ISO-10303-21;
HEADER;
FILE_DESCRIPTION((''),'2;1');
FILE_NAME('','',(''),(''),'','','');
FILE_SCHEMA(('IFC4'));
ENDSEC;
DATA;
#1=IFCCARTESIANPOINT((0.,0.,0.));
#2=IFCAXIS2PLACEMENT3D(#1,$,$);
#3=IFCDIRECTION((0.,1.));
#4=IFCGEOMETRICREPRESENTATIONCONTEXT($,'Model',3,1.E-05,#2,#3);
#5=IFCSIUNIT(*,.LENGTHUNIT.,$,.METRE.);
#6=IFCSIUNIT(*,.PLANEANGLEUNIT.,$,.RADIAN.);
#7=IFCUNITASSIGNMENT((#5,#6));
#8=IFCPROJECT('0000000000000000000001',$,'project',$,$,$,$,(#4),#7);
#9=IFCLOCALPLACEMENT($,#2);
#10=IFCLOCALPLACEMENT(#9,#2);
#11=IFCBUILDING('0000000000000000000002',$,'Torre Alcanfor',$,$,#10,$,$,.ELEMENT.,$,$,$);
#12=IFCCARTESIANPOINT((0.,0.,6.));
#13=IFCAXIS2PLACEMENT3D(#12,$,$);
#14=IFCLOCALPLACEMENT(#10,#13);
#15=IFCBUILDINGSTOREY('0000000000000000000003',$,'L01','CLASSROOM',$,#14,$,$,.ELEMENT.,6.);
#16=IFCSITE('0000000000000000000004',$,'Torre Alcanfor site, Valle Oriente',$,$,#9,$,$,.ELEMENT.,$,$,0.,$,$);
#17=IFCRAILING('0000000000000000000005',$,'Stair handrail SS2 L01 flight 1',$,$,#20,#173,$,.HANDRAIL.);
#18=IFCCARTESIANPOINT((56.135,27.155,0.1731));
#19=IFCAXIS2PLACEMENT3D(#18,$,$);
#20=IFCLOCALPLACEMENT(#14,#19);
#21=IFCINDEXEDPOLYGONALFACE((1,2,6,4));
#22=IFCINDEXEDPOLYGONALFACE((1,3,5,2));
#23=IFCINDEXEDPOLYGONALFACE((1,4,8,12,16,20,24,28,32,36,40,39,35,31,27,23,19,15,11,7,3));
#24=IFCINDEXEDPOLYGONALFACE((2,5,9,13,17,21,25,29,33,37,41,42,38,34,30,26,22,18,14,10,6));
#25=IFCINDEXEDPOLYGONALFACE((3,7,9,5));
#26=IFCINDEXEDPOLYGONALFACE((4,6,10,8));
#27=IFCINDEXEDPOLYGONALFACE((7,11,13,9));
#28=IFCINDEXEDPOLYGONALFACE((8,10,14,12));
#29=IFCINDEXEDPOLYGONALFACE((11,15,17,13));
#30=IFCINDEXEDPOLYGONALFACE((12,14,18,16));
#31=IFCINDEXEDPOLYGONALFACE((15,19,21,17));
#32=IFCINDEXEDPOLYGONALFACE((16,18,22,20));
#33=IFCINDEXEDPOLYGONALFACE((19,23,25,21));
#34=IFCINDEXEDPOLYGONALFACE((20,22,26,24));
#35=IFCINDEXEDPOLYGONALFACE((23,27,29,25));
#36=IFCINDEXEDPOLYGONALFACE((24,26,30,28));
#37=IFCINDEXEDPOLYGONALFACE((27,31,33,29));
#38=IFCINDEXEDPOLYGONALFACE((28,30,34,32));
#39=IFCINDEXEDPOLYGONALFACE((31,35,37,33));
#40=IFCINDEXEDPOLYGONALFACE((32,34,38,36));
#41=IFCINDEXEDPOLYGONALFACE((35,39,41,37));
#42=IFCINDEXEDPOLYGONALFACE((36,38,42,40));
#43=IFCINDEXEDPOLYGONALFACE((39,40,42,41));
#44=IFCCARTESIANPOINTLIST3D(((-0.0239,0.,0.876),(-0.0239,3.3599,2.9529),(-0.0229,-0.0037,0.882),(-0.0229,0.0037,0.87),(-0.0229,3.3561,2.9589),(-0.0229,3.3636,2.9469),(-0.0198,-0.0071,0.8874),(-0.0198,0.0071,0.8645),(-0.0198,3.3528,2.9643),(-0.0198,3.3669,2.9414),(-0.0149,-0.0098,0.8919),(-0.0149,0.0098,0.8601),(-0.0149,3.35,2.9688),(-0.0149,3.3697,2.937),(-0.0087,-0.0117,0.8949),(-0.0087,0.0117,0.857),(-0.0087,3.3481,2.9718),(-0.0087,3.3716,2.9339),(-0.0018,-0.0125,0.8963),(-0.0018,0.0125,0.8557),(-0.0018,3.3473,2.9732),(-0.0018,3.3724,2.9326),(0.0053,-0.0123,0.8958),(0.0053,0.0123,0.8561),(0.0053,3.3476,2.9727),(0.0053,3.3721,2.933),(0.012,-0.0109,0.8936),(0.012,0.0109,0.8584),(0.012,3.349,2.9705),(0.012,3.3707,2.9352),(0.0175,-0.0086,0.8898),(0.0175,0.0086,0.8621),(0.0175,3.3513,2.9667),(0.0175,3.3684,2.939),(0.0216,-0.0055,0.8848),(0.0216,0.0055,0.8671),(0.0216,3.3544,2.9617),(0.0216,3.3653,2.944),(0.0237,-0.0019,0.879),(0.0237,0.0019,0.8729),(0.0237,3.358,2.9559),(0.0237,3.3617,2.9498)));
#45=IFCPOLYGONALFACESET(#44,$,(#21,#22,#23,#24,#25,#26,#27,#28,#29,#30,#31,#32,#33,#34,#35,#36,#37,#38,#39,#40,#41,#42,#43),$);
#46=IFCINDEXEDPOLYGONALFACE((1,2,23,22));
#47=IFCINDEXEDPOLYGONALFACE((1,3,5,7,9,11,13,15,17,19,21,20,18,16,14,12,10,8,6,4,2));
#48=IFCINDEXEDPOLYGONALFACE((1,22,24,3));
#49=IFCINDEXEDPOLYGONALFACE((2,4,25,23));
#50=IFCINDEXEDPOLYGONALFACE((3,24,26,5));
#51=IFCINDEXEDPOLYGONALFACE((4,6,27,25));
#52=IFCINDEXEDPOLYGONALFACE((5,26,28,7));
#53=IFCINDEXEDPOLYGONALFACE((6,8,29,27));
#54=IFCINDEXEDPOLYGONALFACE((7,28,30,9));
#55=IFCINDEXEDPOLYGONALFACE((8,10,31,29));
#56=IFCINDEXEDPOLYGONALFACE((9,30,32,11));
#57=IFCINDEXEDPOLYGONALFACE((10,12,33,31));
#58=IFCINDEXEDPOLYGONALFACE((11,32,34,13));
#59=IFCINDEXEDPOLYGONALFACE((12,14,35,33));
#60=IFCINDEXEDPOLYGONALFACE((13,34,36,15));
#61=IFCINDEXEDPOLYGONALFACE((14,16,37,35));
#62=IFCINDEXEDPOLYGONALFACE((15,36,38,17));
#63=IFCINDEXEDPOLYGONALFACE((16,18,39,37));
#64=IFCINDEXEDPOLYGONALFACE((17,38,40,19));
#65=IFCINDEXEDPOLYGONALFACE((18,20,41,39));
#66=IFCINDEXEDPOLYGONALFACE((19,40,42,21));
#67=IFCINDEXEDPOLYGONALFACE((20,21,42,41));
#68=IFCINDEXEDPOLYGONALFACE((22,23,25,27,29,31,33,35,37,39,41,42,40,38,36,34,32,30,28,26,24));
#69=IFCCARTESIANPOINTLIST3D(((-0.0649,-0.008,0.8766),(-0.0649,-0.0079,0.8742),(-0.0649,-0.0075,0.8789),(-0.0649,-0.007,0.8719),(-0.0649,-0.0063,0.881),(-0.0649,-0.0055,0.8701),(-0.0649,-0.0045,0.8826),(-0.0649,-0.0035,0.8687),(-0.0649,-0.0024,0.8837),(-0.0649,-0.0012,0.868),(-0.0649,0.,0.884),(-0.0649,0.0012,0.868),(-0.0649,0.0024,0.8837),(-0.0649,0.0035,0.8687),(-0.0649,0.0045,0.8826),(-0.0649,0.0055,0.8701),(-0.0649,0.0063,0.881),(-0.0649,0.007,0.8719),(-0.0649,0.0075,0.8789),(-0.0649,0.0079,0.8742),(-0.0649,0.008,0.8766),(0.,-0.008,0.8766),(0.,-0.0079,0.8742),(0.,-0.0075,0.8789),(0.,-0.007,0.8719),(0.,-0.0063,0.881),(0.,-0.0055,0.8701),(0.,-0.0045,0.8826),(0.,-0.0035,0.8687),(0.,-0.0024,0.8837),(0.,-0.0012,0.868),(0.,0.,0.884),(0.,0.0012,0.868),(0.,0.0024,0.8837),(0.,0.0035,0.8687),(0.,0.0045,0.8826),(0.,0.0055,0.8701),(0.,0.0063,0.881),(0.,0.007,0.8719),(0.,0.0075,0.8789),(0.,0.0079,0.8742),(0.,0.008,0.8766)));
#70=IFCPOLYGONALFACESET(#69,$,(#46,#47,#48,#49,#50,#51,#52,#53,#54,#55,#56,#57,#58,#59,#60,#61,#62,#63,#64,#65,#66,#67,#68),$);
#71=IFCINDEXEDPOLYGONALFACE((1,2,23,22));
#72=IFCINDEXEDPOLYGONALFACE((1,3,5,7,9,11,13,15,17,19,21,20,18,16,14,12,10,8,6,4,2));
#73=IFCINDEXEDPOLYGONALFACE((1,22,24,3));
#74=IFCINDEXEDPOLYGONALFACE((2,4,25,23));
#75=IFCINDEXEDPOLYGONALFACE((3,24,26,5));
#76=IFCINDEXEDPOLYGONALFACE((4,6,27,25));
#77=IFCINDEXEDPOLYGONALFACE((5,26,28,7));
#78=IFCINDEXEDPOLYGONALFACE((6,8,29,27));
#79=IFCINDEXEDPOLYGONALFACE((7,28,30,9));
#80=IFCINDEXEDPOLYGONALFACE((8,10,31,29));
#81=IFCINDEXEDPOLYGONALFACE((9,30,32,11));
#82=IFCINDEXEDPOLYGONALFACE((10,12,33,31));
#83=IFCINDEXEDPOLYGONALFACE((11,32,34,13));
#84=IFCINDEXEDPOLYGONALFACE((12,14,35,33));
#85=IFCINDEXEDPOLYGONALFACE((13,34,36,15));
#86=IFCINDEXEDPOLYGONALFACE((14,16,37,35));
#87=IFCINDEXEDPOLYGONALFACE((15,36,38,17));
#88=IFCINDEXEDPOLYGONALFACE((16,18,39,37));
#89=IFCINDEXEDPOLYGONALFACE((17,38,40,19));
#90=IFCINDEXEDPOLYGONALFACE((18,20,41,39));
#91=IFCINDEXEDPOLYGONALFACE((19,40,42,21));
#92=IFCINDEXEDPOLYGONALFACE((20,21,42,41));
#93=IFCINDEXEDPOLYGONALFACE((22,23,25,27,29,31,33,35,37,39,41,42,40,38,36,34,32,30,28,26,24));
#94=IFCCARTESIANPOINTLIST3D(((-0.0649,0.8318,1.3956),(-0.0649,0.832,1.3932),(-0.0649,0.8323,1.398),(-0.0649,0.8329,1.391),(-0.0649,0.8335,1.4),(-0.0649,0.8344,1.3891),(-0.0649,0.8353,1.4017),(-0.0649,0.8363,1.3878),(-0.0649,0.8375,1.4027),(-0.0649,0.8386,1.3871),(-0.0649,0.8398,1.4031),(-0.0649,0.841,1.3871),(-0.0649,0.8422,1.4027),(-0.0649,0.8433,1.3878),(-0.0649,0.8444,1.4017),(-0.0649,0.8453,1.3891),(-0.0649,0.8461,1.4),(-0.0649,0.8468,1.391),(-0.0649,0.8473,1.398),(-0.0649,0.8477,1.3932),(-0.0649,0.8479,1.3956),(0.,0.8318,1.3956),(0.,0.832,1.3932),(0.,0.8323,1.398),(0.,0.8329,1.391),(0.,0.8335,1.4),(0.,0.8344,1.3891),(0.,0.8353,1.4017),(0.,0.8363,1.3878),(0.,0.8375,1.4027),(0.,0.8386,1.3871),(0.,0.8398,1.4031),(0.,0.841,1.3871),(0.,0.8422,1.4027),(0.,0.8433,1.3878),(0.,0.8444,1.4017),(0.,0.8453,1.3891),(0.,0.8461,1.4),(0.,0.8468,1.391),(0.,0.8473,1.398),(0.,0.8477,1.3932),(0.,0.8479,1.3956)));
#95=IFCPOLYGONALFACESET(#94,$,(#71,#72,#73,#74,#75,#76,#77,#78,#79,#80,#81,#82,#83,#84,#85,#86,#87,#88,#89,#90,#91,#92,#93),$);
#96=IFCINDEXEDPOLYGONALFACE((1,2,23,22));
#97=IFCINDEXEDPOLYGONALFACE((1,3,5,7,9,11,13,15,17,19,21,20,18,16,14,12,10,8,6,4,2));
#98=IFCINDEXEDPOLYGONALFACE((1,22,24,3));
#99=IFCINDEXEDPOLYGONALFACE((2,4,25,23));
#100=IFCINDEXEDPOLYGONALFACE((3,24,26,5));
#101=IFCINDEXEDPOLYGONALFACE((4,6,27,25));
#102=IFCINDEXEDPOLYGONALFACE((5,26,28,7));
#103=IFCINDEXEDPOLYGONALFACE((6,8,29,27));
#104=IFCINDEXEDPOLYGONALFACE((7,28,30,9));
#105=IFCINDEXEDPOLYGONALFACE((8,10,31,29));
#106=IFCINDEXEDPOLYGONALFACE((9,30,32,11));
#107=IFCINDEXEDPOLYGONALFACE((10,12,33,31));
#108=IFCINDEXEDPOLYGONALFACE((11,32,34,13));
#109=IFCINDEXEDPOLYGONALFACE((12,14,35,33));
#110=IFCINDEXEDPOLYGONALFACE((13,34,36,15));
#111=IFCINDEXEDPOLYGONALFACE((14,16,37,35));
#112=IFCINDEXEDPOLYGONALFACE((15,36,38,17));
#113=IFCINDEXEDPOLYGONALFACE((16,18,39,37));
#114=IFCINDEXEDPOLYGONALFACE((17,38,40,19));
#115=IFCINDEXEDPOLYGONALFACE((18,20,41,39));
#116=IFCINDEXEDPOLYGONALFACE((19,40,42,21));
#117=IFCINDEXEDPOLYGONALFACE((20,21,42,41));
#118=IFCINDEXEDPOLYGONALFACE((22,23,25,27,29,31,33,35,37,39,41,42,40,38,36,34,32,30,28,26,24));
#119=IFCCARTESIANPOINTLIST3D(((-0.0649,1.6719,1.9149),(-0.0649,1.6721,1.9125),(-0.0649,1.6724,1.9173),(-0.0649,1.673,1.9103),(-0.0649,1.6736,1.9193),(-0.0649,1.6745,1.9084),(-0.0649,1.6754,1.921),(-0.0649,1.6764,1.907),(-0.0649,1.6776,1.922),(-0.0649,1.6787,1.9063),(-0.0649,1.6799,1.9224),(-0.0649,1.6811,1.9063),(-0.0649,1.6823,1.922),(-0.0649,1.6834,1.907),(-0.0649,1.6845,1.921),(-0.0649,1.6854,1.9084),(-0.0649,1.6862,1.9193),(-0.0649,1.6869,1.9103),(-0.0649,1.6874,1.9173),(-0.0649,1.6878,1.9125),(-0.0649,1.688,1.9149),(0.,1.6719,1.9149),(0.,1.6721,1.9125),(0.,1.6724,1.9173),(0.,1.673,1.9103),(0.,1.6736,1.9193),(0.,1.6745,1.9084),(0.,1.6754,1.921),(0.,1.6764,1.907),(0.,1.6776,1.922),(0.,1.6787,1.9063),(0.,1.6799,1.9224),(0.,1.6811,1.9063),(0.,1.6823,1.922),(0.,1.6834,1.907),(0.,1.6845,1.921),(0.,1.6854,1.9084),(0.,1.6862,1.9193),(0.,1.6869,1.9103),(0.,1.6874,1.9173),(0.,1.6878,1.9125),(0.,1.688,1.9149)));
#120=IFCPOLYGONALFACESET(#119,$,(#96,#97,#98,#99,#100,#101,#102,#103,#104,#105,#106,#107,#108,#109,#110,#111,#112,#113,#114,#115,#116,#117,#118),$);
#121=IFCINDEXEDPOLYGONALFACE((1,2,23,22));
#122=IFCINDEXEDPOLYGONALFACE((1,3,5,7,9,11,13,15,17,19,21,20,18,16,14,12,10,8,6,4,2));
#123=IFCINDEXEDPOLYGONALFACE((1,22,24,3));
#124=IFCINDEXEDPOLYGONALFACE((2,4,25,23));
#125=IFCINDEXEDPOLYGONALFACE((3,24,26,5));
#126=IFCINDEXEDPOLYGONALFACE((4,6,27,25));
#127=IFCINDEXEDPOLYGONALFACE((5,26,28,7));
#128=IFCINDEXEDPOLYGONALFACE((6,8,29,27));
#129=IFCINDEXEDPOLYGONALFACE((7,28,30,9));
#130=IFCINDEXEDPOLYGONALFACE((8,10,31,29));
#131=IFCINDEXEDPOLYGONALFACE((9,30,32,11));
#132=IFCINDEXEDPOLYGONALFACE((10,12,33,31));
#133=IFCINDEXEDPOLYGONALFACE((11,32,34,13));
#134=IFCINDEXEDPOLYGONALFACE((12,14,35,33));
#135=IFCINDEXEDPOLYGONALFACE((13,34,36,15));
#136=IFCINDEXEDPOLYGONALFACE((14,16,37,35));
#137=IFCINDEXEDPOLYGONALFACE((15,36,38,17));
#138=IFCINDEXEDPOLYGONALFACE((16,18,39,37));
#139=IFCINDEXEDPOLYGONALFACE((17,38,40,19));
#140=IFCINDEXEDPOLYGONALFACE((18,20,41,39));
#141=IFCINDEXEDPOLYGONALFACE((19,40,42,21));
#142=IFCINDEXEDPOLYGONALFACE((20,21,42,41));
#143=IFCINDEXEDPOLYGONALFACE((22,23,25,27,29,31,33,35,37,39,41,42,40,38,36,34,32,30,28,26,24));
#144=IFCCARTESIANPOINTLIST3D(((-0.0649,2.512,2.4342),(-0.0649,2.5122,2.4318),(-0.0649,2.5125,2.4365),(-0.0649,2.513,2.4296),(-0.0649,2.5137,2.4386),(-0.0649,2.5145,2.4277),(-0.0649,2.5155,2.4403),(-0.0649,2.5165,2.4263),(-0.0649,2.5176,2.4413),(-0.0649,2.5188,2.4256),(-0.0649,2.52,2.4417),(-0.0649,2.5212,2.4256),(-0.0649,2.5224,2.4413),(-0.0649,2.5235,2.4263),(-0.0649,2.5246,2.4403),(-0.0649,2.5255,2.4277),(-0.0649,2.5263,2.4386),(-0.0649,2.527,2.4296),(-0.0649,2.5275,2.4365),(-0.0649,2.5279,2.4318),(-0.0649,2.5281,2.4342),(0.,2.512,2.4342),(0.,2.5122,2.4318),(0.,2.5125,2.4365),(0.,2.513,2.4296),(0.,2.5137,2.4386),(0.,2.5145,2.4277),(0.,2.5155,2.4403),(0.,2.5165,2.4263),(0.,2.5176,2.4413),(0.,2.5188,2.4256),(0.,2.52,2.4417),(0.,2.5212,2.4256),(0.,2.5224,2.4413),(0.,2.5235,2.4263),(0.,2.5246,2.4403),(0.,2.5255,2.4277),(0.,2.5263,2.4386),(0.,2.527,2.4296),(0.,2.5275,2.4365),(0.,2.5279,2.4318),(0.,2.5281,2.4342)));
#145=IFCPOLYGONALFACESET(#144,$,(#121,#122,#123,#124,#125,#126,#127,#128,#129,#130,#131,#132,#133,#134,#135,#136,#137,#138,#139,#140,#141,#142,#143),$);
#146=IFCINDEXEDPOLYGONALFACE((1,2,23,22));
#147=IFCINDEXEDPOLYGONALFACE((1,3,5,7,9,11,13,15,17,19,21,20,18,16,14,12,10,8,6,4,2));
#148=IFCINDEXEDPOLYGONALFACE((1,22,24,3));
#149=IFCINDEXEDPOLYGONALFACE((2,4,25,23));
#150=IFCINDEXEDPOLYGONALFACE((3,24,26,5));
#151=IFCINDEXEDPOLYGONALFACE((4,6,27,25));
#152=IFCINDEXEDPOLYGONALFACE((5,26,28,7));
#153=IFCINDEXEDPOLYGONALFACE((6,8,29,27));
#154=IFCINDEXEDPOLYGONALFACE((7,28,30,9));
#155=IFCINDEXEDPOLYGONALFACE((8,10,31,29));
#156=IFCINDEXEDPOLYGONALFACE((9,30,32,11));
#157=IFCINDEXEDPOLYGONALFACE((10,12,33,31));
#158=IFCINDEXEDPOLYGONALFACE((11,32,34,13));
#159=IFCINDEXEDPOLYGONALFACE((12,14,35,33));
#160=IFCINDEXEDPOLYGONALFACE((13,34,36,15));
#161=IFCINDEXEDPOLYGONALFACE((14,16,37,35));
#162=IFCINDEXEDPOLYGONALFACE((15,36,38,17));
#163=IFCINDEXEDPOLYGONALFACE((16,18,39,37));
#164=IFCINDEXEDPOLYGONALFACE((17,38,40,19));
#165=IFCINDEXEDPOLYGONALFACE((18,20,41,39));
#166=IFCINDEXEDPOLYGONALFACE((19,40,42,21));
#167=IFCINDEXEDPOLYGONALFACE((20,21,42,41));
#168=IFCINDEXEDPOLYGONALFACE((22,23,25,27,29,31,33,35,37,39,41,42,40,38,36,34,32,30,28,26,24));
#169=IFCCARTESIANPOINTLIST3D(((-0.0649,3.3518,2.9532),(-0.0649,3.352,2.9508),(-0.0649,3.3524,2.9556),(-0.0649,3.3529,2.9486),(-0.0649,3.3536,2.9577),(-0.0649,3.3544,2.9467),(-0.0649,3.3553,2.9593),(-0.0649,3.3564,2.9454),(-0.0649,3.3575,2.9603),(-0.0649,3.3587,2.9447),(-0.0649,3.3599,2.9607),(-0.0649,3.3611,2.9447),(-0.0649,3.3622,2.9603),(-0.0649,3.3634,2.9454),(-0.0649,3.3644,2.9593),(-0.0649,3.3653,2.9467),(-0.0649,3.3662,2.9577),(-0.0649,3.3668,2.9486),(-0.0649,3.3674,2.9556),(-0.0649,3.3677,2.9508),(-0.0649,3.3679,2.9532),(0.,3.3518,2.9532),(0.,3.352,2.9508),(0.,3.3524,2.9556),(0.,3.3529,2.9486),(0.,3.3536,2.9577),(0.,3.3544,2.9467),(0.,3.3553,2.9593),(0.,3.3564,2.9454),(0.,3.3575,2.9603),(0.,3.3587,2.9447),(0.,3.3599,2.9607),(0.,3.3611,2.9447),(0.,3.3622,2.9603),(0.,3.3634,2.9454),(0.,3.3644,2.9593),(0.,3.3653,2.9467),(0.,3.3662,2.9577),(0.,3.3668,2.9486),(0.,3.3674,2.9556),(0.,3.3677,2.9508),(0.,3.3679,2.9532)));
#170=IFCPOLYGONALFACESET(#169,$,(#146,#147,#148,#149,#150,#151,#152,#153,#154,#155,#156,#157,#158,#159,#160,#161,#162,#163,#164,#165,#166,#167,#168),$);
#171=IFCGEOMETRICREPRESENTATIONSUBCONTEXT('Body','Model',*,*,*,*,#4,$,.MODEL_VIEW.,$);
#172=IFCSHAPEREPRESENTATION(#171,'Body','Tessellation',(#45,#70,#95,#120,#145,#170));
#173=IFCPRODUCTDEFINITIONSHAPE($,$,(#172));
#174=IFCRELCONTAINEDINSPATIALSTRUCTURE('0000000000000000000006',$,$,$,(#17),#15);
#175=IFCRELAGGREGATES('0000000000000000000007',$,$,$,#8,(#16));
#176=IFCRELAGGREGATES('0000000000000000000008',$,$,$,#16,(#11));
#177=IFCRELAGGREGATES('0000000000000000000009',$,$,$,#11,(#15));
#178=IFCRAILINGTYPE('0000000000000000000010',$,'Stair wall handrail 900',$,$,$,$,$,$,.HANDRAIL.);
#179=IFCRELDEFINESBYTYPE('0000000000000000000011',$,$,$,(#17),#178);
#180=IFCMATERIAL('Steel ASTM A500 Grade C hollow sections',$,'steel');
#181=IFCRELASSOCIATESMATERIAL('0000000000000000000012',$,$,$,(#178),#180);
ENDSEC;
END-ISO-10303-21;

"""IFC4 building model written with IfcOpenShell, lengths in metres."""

from ifc_helpers import new_model, si_unit, direction, frame, origin, origin_2d, place, context, subcontext, project, spatial, circle, extrude, material, type_object, element, save


model = new_model("IFC4")

# Units and contexts
model_context = context("Model", 3, precision=1e-05, world=origin(), true_north=direction((0.0, 1.0)))
body_context = subcontext(model_context, "Body", "Model", "MODEL_VIEW")
ifc_project = project(units=[si_unit("LENGTHUNIT", "METRE"), si_unit("PLANEANGLEUNIT", "RADIAN")], contexts=[model_context])

# Site, building, storey
site_placement = place(None, origin())
site = spatial("IfcSite", under=ifc_project, at=site_placement, Name="Torre Alcanfor site, Valle Oriente", CompositionType="ELEMENT", RefElevation=0.0)
building_placement = place(site_placement, origin())
building = spatial("IfcBuilding", under=site, at=building_placement, Name="Torre Alcanfor", CompositionType="ELEMENT")
storey_placement = place(building_placement, frame((0.0, 0.0, 6.0)))
storey = spatial("IfcBuildingStorey", under=building, at=storey_placement, Name="L01", Description="CLASSROOM", CompositionType="ELEMENT", Elevation=6.0)

# Railing
ifc_material_1 = material(Name="Steel ASTM A500 Grade C hollow sections", Category="steel")
railing_type_1 = type_object("IfcRailingType", Name="Stair wall handrail 900", PredefinedType="HANDRAIL", material=ifc_material_1)
railing_1_placement = place(storey_placement, frame((56.135, 27.155, 0.1731)))
element("IfcRailing", 1, at=railing_1_placement, inside=storey, type_object=railing_type_1, Name="Stair handrail SS2 L01 flight 1", PredefinedType="HANDRAIL", context=body_context, shape_type="SweptSolid", body=[
    extrude(circle(Radius=0.0239, at=origin_2d()), frame((0.0, 0.0, 0.876), z_axis=(0.0, 0.850606, 0.525803), x_axis=(-1.0, 0.0, 0.0)), (0.0, 0.0, 1.0), 3.95),
    extrude(circle(Radius=0.0081, at=origin_2d()), frame((0.0, 0.0, 0.876), z_axis=(-1.0, 0.0, 0.0), x_axis=(0.0, 0.0, 1.0)), (0.0, 0.0, 1.0), 0.0649),
    extrude(circle(Radius=0.0081, at=origin_2d()), frame((0.0, 0.8398, 1.395), z_axis=(-1.0, 0.0, 0.0), x_axis=(0.0, 0.0, 1.0)), (0.0, 0.0, 1.0), 0.0649),
    extrude(circle(Radius=0.0081, at=origin_2d()), frame((0.0, 1.6799, 1.9143), z_axis=(-1.0, 0.0, 0.0), x_axis=(0.0, 0.0, 1.0)), (0.0, 0.0, 1.0), 0.0649),
    extrude(circle(Radius=0.0081, at=origin_2d()), frame((0.0, 2.52, 2.4336), z_axis=(-1.0, 0.0, 0.0), x_axis=(0.0, 0.0, 1.0)), (0.0, 0.0, 1.0), 0.0649),
    extrude(circle(Radius=0.0081, at=origin_2d()), frame((0.0, 3.3599, 2.9526), z_axis=(-1.0, 0.0, 0.0), x_axis=(0.0, 0.0, 1.0)), (0.0, 0.0, 1.0), 0.0649),
])

save(model, "model.ifc")
